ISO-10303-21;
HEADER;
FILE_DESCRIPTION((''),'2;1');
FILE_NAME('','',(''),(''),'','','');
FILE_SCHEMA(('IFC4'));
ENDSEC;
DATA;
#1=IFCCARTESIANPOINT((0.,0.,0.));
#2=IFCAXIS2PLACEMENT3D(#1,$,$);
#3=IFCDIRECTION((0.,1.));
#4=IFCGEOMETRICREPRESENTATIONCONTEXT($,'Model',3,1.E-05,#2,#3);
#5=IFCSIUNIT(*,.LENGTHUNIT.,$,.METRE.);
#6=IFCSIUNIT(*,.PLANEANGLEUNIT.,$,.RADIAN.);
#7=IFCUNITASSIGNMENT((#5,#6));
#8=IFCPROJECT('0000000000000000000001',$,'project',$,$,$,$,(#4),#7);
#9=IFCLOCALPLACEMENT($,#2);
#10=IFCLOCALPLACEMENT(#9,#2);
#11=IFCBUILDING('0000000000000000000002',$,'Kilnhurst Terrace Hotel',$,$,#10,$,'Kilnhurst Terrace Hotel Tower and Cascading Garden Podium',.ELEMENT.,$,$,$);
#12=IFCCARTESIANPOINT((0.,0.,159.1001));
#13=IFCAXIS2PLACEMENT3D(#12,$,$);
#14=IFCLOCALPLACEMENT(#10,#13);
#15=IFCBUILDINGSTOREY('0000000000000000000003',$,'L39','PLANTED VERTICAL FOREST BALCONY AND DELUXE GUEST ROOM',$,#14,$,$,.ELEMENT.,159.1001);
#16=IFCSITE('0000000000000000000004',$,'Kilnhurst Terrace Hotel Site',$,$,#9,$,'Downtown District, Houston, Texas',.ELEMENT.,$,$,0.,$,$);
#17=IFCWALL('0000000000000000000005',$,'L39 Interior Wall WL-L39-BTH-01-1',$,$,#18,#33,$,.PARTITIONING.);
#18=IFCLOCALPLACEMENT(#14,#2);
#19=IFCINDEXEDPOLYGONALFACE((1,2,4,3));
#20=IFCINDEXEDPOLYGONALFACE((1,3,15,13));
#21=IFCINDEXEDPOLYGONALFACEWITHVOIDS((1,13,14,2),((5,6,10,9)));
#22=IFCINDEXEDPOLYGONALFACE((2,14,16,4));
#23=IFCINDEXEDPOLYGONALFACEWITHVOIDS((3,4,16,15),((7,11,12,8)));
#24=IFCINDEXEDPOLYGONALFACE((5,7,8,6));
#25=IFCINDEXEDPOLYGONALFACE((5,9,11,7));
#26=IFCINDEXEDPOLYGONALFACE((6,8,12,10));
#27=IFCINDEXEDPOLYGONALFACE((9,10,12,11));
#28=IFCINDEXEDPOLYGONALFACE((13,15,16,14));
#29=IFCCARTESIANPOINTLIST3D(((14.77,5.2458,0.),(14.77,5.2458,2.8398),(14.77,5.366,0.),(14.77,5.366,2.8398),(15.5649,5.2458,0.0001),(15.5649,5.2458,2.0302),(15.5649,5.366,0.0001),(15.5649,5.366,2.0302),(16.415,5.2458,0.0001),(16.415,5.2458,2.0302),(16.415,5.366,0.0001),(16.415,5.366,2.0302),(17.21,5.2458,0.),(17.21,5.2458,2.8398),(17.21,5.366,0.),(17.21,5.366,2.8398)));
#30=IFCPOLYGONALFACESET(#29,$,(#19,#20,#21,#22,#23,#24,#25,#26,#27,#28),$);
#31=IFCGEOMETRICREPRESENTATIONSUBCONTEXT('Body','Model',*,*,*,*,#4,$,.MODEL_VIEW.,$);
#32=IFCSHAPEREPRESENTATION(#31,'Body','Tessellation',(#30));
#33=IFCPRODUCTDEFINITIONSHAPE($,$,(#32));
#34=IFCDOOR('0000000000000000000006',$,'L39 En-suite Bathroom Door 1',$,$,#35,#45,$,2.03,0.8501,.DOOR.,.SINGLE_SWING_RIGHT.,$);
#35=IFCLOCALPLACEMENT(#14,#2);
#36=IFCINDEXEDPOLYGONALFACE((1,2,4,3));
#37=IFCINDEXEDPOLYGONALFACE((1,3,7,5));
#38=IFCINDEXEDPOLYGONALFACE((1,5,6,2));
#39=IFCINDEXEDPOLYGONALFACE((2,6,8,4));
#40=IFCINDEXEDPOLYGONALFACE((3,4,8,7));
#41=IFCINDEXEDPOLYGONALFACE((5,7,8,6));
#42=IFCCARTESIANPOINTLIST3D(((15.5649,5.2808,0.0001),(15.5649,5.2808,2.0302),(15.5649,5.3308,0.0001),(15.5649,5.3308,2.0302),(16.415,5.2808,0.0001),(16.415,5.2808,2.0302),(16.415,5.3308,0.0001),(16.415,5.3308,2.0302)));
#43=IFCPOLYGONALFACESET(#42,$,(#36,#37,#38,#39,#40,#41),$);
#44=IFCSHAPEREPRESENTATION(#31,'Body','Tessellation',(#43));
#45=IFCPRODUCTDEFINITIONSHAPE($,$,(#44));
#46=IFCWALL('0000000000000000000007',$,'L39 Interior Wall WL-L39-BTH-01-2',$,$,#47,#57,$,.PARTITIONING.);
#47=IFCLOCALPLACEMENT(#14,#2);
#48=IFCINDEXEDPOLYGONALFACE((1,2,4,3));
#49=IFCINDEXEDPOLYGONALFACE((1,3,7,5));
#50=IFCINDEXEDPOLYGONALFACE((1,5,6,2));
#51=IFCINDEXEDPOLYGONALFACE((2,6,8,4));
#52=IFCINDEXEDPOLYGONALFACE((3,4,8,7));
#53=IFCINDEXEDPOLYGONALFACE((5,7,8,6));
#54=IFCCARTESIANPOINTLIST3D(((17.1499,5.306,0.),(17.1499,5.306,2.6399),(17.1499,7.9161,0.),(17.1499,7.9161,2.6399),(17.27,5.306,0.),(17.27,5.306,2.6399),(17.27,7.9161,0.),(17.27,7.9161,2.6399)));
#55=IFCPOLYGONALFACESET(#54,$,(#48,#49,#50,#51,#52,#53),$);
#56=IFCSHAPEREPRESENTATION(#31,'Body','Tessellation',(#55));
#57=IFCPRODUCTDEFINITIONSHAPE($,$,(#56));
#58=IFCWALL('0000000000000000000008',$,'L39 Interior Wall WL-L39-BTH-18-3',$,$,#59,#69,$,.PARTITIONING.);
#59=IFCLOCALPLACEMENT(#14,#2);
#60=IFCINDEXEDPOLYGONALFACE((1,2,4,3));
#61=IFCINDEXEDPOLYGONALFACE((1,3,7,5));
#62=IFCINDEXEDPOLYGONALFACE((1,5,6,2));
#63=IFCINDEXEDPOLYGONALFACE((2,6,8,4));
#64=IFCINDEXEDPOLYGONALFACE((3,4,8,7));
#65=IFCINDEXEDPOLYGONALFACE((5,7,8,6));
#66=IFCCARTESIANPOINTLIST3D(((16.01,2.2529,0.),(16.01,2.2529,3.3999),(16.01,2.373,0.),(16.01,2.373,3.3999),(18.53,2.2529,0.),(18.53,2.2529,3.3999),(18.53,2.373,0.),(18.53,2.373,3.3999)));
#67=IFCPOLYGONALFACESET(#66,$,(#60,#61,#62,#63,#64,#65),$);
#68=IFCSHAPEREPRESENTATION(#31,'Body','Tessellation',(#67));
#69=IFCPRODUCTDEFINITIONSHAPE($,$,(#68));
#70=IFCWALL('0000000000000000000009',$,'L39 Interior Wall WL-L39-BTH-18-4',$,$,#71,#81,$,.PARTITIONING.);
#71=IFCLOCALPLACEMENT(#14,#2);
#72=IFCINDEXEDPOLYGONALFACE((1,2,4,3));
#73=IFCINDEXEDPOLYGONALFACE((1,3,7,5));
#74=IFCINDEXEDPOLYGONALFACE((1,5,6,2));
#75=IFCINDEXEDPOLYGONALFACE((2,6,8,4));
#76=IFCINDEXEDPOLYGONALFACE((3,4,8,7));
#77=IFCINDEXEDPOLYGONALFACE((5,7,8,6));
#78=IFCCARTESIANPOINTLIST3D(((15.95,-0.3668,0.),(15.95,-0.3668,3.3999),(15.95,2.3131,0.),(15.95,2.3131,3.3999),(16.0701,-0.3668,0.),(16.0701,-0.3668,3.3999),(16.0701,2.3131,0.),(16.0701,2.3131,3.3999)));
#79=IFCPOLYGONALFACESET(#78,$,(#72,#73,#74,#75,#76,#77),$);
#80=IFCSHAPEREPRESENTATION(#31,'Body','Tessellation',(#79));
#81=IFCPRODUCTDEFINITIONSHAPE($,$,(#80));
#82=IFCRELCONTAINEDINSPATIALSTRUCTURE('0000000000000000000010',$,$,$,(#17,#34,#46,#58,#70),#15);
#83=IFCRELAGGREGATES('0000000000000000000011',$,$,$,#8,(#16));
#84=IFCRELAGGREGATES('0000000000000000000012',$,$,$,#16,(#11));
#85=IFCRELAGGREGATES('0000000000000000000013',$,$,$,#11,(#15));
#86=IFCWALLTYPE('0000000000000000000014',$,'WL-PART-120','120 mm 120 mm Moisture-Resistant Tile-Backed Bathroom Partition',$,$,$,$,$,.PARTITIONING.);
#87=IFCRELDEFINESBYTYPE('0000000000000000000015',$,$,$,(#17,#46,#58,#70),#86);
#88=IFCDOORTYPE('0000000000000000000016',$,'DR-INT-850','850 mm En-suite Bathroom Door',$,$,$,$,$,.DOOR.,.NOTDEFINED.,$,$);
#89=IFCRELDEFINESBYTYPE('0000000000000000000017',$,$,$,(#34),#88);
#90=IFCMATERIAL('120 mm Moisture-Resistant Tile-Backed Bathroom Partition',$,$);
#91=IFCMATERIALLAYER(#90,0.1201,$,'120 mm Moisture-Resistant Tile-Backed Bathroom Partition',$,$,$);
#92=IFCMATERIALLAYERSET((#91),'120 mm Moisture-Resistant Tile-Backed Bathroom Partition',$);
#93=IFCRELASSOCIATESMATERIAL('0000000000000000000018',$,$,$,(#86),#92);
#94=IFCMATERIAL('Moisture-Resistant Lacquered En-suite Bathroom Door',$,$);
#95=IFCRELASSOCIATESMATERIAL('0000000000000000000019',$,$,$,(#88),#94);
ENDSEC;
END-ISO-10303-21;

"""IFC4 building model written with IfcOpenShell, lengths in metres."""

from ifc_helpers import new_model, si_unit, direction, frame, frame_2d, origin, place, context, subcontext, project, spatial, rectangle, extrude, material, layer, layer_set, type_object, element, fill, save


model = new_model("IFC4")

# Units and contexts
model_context = context("Model", 3, precision=1e-05, world=origin(), true_north=direction((0.0, 1.0)))
body_context = subcontext(model_context, "Body", "Model", "MODEL_VIEW")
ifc_project = project(units=[si_unit("LENGTHUNIT", "METRE"), si_unit("PLANEANGLEUNIT", "RADIAN")], contexts=[model_context])

# Site, building, storey
site_placement = place(None, origin())
site = spatial("IfcSite", under=ifc_project, at=site_placement, Name="Kilnhurst Terrace Hotel Site", LongName="Downtown District, Houston, Texas", CompositionType="ELEMENT", RefElevation=0.0)
building_placement = place(site_placement, origin())
building = spatial("IfcBuilding", under=site, at=building_placement, Name="Kilnhurst Terrace Hotel", LongName="Kilnhurst Terrace Hotel Tower and Cascading Garden Podium", CompositionType="ELEMENT")
storey_placement = place(building_placement, frame((0.0, 0.0, 159.1001)))
storey = spatial("IfcBuildingStorey", under=building, at=storey_placement, Name="L39", Description="PLANTED VERTICAL FOREST BALCONY AND DELUXE GUEST ROOM", CompositionType="ELEMENT", Elevation=159.1001)

# Wall, opening, door
ifc_material_1 = material(Name="120 mm Moisture-Resistant Tile-Backed Bathroom Partition")
ifc_layer_1 = layer(ifc_material_1, 0.1201, Name="120 mm Moisture-Resistant Tile-Backed Bathroom Partition")
ifc_layer_set_1 = layer_set([ifc_layer_1], Name="120 mm Moisture-Resistant Tile-Backed Bathroom Partition")
wall_type_1 = type_object("IfcWallType", Name="WL-PART-120", Description="120 mm 120 mm Moisture-Resistant Tile-Backed Bathroom Partition", PredefinedType="PARTITIONING", material=ifc_layer_set_1)
wall_1_placement = place(storey_placement, frame((14.77, 5.3059, 0.0), z_axis=(0.0, 0.0, 1.0), x_axis=(1.0, 0.0, 0.0)))
wall_1 = element("IfcWall", 1, at=wall_1_placement, inside=storey, type_object=wall_type_1, Name="L39 Interior Wall WL-L39-BTH-01-1", PredefinedType="PARTITIONING", context=body_context, shape_type="SweptSolid", body=[
    extrude(rectangle(XDim=2.4399, YDim=0.1201, at=frame_2d((1.22, 0.0))), origin(), (0.0, 0.0, 1.0), 2.8398),
])
opening_1_placement = place(wall_1_placement, frame((0.7949, 0.0, 0.0)))
opening_1 = element("IfcOpeningElement", 2, at=opening_1_placement, cuts=wall_1, PredefinedType="OPENING", context=body_context, shape_type="SweptSolid", body=[
    extrude(rectangle(XDim=0.8501, YDim=2.03, at=frame_2d((0.425, 1.0151))), frame((0.0, 0.0701, 0.0), z_axis=(0.0, -1.0, 0.0), x_axis=(1.0, 0.0, 0.0)), (0.0, 0.0, 1.0), 0.1401),
])
ifc_material_2 = material(Name="Moisture-Resistant Lacquered En-suite Bathroom Door")
door_type_1 = type_object("IfcDoorType", Name="DR-INT-850", Description="850 mm En-suite Bathroom Door", OperationType="NOTDEFINED", PredefinedType="DOOR", material=ifc_material_2)
door_1_placement = place(opening_1_placement, origin())
door_1 = element("IfcDoor", 3, at=door_1_placement, inside=storey, type_object=door_type_1, Name="L39 En-suite Bathroom Door 1", OperationType="SINGLE_SWING_RIGHT", OverallHeight=2.03, OverallWidth=0.8501, PredefinedType="DOOR", context=body_context, shape_type="SweptSolid", body=[
    extrude(rectangle(XDim=0.8501, YDim=2.03, at=frame_2d((0.425, 1.0151))), frame((0.0, 0.0249, 0.0), z_axis=(0.0, -1.0, 0.0), x_axis=(1.0, 0.0, 0.0)), (0.0, 0.0, 1.0), 0.05),
])
fill(opening_1, door_1)

# Walls
wall_2_placement = place(storey_placement, frame((17.21, 5.3059, 0.0), z_axis=(0.0, 0.0, 1.0), x_axis=(0.0, 1.0, 0.0)))
element("IfcWall", 4, at=wall_2_placement, inside=storey, type_object=wall_type_1, Name="L39 Interior Wall WL-L39-BTH-01-2", PredefinedType="PARTITIONING", context=body_context, shape_type="SweptSolid", body=[
    extrude(rectangle(XDim=2.6101, YDim=0.1201, at=frame_2d((1.3052, 0.0))), origin(), (0.0, 0.0, 1.0), 2.6399),
])
wall_3_placement = place(storey_placement, frame((18.53, 2.313, 0.0), z_axis=(0.0, 0.0, 1.0), x_axis=(-1.0, 0.0, 0.0)))
element("IfcWall", 5, at=wall_3_placement, inside=storey, type_object=wall_type_1, Name="L39 Interior Wall WL-L39-BTH-18-3", PredefinedType="PARTITIONING", context=body_context, shape_type="SweptSolid", body=[
    extrude(rectangle(XDim=2.52, YDim=0.1201, at=frame_2d((1.26, 0.0))), origin(), (0.0, 0.0, 1.0), 3.3999),
])
wall_4_placement = place(storey_placement, frame((16.01, 2.313, 0.0), z_axis=(0.0, 0.0, 1.0), x_axis=(0.0, -1.0, 0.0)))
element("IfcWall", 6, at=wall_4_placement, inside=storey, type_object=wall_type_1, Name="L39 Interior Wall WL-L39-BTH-18-4", PredefinedType="PARTITIONING", context=body_context, shape_type="SweptSolid", body=[
    extrude(rectangle(XDim=2.6799, YDim=0.1201, at=frame_2d((1.3398, 0.0))), origin(), (0.0, 0.0, 1.0), 3.3999),
])

save(model, "model.ifc")
